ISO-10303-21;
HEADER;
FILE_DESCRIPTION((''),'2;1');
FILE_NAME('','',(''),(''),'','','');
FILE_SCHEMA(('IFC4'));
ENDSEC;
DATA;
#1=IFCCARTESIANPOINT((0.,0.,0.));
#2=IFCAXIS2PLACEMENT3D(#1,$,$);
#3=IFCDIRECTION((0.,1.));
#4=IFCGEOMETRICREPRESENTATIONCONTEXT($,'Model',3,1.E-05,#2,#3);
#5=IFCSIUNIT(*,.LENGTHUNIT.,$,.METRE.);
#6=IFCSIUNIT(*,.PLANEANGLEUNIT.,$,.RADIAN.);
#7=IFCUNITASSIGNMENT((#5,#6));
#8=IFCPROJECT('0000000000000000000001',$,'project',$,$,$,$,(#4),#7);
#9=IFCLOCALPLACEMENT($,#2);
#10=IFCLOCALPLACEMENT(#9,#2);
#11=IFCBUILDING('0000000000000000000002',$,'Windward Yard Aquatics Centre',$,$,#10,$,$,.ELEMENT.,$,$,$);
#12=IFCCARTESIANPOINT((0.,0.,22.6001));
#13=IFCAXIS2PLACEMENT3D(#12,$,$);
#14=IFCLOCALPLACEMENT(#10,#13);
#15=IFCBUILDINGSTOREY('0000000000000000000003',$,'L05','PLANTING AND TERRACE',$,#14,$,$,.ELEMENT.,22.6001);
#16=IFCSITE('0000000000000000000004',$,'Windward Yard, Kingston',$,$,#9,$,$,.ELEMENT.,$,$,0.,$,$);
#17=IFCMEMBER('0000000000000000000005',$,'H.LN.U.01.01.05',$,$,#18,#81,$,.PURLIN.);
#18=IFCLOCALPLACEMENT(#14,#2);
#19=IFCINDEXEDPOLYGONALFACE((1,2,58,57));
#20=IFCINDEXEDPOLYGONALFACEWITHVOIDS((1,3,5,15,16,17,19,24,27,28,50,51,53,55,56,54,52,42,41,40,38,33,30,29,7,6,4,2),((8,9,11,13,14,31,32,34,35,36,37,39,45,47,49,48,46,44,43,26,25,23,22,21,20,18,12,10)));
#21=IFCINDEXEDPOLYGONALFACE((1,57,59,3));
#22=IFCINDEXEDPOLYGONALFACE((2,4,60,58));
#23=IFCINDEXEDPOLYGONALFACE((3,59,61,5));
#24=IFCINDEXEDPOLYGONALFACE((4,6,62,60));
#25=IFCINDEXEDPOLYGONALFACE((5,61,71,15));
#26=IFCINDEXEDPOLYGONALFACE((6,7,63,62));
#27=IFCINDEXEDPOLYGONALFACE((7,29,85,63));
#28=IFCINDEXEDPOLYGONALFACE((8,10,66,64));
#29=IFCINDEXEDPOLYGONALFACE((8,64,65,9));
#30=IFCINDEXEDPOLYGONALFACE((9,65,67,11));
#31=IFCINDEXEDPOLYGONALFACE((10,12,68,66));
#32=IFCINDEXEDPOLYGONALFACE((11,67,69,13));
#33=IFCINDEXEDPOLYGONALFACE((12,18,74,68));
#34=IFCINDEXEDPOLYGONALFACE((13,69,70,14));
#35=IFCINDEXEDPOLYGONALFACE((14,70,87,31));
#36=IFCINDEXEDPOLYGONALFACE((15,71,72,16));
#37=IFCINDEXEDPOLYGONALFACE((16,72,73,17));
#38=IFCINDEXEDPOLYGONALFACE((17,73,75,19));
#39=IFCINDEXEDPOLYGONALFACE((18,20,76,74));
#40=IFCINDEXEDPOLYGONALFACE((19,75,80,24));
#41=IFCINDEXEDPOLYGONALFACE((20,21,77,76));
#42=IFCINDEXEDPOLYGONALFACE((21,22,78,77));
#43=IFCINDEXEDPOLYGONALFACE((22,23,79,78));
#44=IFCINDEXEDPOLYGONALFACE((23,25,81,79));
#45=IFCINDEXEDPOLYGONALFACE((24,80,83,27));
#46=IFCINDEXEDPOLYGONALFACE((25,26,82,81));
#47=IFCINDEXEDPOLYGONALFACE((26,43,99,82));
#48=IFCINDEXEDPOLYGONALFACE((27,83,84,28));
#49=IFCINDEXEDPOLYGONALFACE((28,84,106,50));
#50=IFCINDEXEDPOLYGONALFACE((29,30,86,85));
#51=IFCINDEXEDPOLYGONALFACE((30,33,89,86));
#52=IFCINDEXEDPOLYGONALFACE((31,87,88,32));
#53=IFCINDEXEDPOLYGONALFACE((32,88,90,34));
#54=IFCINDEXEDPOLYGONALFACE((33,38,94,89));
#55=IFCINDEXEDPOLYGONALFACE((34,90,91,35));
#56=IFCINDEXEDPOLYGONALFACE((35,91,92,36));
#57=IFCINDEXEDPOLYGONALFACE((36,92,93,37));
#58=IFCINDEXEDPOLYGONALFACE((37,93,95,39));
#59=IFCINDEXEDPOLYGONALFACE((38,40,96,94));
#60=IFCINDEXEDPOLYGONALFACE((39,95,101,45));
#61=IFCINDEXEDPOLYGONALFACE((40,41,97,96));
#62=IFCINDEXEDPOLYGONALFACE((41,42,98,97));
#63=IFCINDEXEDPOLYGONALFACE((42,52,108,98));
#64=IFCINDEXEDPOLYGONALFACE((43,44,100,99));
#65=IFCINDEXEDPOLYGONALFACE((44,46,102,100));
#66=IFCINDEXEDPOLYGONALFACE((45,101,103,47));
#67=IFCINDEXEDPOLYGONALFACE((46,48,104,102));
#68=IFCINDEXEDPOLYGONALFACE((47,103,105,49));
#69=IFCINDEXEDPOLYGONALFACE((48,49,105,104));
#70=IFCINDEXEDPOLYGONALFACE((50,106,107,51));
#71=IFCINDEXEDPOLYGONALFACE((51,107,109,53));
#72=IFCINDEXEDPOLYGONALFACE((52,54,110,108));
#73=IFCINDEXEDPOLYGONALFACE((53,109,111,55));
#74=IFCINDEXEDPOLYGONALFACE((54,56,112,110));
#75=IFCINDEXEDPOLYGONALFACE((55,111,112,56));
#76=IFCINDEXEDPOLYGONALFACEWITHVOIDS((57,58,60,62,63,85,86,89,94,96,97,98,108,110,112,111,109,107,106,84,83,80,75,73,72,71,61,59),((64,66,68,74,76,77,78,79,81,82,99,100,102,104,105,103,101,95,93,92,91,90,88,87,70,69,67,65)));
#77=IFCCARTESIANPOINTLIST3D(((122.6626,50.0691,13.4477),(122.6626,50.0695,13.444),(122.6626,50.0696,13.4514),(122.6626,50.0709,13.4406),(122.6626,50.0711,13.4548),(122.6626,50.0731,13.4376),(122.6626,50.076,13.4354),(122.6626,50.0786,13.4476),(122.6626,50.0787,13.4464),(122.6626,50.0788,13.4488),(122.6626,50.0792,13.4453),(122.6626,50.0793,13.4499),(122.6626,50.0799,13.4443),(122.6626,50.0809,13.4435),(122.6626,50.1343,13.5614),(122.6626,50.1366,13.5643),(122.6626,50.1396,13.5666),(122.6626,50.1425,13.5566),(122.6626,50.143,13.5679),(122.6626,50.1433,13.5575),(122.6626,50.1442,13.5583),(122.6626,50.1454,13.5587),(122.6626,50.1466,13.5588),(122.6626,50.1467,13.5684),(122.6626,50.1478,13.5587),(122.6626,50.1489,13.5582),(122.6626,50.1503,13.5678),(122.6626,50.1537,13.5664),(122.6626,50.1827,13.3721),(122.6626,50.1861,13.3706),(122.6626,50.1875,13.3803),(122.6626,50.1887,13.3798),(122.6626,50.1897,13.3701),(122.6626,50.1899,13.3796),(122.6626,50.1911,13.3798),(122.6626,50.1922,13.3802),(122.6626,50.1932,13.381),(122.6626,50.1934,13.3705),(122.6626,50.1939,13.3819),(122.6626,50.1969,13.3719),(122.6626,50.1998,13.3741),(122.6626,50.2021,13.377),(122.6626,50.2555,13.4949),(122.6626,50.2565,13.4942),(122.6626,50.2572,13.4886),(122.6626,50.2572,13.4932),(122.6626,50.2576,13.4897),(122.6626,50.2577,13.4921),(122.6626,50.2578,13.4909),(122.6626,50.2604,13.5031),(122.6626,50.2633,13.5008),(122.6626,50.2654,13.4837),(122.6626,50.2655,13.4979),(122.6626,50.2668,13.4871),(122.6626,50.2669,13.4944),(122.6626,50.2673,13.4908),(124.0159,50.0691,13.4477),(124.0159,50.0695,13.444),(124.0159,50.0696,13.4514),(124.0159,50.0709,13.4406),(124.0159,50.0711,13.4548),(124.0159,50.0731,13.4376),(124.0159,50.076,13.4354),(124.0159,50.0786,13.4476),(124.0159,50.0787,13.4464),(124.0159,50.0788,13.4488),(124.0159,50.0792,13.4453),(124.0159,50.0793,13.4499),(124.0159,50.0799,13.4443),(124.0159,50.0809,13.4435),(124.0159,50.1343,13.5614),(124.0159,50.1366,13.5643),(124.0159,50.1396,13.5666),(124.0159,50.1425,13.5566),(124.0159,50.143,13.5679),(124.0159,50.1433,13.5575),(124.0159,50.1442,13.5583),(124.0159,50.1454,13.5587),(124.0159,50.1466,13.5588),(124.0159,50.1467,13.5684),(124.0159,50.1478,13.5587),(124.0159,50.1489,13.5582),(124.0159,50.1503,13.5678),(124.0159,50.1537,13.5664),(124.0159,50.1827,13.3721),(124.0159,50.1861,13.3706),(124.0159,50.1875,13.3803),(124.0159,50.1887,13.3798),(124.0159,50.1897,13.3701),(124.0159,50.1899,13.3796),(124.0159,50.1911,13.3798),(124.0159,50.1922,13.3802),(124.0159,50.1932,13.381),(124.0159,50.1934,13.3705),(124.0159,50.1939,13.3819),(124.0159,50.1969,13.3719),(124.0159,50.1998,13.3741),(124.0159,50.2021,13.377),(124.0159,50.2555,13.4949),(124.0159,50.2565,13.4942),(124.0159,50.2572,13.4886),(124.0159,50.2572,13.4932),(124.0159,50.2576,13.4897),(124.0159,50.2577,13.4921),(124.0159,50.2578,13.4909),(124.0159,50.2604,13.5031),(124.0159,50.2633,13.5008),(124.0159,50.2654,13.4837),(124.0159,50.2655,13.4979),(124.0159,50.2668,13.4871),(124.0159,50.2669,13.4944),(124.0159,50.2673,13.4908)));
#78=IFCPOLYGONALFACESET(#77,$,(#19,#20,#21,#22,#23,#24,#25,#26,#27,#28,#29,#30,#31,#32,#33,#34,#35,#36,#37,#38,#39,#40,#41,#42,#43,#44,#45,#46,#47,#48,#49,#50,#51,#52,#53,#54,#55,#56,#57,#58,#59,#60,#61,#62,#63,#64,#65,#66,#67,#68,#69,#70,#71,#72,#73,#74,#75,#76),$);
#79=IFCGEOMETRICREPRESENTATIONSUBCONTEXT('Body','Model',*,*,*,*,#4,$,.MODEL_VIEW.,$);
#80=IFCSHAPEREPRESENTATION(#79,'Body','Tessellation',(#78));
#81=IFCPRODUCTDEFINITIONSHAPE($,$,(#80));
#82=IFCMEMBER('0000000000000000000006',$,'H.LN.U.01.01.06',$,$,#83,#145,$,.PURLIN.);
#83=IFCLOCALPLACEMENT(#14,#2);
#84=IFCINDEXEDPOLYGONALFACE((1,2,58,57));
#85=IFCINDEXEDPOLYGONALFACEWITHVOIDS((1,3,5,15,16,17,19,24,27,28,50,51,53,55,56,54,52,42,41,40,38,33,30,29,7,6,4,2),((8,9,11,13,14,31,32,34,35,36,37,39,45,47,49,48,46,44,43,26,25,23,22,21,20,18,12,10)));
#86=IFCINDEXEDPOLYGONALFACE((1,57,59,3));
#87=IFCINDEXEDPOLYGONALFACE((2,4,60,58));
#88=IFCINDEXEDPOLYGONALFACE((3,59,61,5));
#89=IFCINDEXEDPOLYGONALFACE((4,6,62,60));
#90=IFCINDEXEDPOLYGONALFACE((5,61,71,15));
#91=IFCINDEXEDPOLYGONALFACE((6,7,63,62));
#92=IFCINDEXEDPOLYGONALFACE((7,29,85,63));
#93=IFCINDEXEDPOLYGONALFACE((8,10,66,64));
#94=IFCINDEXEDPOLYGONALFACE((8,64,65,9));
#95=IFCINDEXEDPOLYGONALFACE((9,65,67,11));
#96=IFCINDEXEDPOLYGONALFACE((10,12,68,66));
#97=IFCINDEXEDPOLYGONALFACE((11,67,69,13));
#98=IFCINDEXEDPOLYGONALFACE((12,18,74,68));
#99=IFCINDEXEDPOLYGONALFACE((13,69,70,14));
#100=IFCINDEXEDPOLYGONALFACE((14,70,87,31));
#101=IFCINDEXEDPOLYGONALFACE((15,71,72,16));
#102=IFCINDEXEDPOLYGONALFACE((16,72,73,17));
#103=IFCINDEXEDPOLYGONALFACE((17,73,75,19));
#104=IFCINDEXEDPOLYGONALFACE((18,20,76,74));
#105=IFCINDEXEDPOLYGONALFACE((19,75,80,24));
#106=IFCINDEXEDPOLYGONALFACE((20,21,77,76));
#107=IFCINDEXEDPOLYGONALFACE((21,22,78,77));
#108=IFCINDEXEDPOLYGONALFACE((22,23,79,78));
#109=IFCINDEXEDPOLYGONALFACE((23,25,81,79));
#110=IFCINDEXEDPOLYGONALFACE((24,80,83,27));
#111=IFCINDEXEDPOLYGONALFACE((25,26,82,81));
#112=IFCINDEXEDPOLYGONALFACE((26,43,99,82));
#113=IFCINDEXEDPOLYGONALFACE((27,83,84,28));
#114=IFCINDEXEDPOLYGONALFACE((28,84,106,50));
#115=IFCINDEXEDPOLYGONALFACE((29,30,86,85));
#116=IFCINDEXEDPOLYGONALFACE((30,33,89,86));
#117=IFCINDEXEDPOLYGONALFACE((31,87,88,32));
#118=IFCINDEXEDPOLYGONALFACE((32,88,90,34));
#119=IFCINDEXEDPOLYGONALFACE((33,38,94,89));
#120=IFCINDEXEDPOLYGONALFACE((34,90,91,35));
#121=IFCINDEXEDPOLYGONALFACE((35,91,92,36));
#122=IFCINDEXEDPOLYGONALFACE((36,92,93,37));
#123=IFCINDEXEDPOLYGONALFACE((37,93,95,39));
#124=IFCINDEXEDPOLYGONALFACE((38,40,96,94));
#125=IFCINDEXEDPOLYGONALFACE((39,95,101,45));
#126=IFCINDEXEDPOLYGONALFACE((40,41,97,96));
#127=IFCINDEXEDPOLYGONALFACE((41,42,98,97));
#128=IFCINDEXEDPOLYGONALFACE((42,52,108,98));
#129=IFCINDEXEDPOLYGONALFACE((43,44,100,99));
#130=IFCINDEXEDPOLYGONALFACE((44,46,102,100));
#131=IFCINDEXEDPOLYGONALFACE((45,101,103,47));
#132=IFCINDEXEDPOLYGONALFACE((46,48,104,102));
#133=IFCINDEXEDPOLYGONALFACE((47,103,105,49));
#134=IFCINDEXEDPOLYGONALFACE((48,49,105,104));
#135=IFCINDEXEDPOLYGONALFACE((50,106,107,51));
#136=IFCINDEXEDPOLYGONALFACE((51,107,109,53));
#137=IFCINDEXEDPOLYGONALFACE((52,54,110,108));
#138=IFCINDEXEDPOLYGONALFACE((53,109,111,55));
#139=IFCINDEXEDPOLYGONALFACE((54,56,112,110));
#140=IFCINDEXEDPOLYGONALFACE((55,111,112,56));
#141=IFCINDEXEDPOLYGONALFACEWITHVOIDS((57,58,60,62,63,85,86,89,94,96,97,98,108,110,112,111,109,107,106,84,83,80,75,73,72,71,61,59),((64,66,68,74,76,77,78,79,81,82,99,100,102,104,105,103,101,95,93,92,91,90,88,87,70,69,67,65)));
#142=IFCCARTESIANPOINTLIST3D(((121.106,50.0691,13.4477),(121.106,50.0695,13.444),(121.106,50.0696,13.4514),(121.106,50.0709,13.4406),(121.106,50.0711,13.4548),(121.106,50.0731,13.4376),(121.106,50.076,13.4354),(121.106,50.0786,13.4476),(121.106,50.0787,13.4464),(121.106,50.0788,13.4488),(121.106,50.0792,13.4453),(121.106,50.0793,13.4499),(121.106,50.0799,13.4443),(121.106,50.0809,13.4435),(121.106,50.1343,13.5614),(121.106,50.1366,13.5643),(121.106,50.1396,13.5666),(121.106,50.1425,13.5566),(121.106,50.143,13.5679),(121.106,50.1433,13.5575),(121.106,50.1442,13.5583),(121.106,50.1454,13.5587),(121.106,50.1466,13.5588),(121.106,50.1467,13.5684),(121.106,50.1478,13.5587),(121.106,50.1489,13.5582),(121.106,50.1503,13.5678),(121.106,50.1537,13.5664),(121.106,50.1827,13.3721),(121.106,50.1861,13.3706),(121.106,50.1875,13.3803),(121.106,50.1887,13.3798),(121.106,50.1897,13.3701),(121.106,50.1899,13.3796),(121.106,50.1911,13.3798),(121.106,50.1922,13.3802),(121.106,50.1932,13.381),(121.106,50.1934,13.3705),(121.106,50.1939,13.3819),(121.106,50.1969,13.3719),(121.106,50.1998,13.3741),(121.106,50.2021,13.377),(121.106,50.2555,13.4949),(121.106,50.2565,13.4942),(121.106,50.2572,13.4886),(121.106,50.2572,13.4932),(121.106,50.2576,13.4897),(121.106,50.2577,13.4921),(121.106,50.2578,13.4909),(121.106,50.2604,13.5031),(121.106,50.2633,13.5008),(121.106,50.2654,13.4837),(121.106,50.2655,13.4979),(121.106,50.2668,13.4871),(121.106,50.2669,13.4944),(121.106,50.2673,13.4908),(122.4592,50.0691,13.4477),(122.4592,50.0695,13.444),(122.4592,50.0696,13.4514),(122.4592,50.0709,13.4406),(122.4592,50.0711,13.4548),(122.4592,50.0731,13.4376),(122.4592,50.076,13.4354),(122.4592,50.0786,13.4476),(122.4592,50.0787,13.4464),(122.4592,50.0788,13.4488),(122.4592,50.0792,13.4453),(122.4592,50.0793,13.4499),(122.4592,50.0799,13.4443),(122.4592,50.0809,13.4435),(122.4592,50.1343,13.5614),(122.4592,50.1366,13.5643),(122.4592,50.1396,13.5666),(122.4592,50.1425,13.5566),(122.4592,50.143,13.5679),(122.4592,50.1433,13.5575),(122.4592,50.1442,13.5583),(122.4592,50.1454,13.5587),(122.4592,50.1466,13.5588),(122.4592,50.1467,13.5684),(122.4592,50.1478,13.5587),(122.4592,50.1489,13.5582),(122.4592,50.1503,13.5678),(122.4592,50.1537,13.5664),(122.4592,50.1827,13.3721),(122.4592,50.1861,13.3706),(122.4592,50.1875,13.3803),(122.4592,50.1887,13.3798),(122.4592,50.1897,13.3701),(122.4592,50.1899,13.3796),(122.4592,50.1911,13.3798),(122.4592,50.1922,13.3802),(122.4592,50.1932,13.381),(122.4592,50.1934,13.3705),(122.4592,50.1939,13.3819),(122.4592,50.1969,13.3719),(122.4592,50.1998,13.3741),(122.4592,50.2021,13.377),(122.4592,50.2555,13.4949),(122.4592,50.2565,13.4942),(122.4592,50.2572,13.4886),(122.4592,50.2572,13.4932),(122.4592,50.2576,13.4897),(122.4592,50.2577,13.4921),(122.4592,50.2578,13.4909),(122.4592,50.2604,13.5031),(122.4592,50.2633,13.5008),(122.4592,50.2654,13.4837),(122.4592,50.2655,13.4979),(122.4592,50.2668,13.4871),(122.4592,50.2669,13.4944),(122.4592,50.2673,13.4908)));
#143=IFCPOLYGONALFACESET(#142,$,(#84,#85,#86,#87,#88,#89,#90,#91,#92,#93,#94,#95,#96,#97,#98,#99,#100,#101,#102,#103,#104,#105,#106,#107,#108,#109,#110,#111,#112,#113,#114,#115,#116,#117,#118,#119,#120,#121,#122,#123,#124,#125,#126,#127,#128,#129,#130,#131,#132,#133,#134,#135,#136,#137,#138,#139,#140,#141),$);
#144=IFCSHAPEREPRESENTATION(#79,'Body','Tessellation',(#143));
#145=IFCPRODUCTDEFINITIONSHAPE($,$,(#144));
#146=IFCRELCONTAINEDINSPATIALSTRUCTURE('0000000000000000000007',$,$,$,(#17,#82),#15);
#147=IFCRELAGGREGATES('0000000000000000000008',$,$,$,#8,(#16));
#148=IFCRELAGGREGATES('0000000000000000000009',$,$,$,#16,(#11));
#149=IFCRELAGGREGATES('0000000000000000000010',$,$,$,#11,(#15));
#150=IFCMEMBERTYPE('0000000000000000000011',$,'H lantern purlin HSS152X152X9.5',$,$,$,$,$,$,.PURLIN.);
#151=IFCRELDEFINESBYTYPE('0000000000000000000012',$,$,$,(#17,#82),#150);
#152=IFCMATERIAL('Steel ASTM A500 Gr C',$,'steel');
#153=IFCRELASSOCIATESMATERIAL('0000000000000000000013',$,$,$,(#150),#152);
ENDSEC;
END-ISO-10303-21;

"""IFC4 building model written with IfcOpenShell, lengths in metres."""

from ifc_helpers import new_model, si_unit, direction, frame, origin, origin_2d, place, context, subcontext, project, spatial, hollow_rectangle, extrude, material, material_profile, profile_set, type_object, element, save


model = new_model("IFC4")

# Units and contexts
model_context = context("Model", 3, precision=1e-05, world=origin(), true_north=direction((0.0, 1.0)))
body_context = subcontext(model_context, "Body", "Model", "MODEL_VIEW")
ifc_project = project(units=[si_unit("LENGTHUNIT", "METRE"), si_unit("PLANEANGLEUNIT", "RADIAN")], contexts=[model_context])

# Site, building, storey
site_placement = place(None, origin())
site = spatial("IfcSite", under=ifc_project, at=site_placement, Name="Windward Yard, Kingston", CompositionType="ELEMENT", RefElevation=0.0)
building_placement = place(site_placement, origin())
building = spatial("IfcBuilding", under=site, at=building_placement, Name="Windward Yard Aquatics Centre", CompositionType="ELEMENT")
storey_placement = place(building_placement, frame((0.0, 0.0, 22.6001)))
storey = spatial("IfcBuildingStorey", under=building, at=storey_placement, Name="L05", Description="PLANTING AND TERRACE", CompositionType="ELEMENT", Elevation=22.6001)

# Members
ifc_material_1 = material(Name="Steel ASTM A500 Gr C", Category="steel")
ifc_material_profile_1 = material_profile(ifc_material_1, hollow_rectangle(XDim=0.1523, YDim=0.1523, WallThickness=0.0095, InnerFilletRadius=0.0046, OuterFilletRadius=0.0142, at=origin_2d()), Name="HSS152X152X9.5")
ifc_profile_set_1 = profile_set([ifc_material_profile_1], Name="Steel ASTM A500 Gr C")
member_type_1 = type_object("IfcMemberType", Name="H lantern purlin HSS152X152X9.5", PredefinedType="PURLIN", material=ifc_profile_set_1)
for number, where, z_axis, x_axis, name in (
    (1, (124.0159, 50.1682, 13.4692), (-1.0, 0.0, 0.0), (0.0, -0.51012, -0.860103), "H.LN.U.01.01.05"),
    (2, (122.4592, 50.1682, 13.4692), (-1.0, 0.0, 0.0), (0.0, -0.51012, -0.860103), "H.LN.U.01.01.06"),
):
    element("IfcMember", number, at=place(storey_placement, frame(where, z_axis=z_axis, x_axis=x_axis)), inside=storey, type_object=member_type_1, Name=name, PredefinedType="PURLIN", context=body_context, shape_type="SweptSolid", body=[
        extrude(hollow_rectangle(XDim=0.1523, YDim=0.1523, WallThickness=0.0095, InnerFilletRadius=0.0046, OuterFilletRadius=0.0142, at=origin_2d()), origin(), (0.0, 0.0, 1.0), 1.3533),
    ])

save(model, "model.ifc")
